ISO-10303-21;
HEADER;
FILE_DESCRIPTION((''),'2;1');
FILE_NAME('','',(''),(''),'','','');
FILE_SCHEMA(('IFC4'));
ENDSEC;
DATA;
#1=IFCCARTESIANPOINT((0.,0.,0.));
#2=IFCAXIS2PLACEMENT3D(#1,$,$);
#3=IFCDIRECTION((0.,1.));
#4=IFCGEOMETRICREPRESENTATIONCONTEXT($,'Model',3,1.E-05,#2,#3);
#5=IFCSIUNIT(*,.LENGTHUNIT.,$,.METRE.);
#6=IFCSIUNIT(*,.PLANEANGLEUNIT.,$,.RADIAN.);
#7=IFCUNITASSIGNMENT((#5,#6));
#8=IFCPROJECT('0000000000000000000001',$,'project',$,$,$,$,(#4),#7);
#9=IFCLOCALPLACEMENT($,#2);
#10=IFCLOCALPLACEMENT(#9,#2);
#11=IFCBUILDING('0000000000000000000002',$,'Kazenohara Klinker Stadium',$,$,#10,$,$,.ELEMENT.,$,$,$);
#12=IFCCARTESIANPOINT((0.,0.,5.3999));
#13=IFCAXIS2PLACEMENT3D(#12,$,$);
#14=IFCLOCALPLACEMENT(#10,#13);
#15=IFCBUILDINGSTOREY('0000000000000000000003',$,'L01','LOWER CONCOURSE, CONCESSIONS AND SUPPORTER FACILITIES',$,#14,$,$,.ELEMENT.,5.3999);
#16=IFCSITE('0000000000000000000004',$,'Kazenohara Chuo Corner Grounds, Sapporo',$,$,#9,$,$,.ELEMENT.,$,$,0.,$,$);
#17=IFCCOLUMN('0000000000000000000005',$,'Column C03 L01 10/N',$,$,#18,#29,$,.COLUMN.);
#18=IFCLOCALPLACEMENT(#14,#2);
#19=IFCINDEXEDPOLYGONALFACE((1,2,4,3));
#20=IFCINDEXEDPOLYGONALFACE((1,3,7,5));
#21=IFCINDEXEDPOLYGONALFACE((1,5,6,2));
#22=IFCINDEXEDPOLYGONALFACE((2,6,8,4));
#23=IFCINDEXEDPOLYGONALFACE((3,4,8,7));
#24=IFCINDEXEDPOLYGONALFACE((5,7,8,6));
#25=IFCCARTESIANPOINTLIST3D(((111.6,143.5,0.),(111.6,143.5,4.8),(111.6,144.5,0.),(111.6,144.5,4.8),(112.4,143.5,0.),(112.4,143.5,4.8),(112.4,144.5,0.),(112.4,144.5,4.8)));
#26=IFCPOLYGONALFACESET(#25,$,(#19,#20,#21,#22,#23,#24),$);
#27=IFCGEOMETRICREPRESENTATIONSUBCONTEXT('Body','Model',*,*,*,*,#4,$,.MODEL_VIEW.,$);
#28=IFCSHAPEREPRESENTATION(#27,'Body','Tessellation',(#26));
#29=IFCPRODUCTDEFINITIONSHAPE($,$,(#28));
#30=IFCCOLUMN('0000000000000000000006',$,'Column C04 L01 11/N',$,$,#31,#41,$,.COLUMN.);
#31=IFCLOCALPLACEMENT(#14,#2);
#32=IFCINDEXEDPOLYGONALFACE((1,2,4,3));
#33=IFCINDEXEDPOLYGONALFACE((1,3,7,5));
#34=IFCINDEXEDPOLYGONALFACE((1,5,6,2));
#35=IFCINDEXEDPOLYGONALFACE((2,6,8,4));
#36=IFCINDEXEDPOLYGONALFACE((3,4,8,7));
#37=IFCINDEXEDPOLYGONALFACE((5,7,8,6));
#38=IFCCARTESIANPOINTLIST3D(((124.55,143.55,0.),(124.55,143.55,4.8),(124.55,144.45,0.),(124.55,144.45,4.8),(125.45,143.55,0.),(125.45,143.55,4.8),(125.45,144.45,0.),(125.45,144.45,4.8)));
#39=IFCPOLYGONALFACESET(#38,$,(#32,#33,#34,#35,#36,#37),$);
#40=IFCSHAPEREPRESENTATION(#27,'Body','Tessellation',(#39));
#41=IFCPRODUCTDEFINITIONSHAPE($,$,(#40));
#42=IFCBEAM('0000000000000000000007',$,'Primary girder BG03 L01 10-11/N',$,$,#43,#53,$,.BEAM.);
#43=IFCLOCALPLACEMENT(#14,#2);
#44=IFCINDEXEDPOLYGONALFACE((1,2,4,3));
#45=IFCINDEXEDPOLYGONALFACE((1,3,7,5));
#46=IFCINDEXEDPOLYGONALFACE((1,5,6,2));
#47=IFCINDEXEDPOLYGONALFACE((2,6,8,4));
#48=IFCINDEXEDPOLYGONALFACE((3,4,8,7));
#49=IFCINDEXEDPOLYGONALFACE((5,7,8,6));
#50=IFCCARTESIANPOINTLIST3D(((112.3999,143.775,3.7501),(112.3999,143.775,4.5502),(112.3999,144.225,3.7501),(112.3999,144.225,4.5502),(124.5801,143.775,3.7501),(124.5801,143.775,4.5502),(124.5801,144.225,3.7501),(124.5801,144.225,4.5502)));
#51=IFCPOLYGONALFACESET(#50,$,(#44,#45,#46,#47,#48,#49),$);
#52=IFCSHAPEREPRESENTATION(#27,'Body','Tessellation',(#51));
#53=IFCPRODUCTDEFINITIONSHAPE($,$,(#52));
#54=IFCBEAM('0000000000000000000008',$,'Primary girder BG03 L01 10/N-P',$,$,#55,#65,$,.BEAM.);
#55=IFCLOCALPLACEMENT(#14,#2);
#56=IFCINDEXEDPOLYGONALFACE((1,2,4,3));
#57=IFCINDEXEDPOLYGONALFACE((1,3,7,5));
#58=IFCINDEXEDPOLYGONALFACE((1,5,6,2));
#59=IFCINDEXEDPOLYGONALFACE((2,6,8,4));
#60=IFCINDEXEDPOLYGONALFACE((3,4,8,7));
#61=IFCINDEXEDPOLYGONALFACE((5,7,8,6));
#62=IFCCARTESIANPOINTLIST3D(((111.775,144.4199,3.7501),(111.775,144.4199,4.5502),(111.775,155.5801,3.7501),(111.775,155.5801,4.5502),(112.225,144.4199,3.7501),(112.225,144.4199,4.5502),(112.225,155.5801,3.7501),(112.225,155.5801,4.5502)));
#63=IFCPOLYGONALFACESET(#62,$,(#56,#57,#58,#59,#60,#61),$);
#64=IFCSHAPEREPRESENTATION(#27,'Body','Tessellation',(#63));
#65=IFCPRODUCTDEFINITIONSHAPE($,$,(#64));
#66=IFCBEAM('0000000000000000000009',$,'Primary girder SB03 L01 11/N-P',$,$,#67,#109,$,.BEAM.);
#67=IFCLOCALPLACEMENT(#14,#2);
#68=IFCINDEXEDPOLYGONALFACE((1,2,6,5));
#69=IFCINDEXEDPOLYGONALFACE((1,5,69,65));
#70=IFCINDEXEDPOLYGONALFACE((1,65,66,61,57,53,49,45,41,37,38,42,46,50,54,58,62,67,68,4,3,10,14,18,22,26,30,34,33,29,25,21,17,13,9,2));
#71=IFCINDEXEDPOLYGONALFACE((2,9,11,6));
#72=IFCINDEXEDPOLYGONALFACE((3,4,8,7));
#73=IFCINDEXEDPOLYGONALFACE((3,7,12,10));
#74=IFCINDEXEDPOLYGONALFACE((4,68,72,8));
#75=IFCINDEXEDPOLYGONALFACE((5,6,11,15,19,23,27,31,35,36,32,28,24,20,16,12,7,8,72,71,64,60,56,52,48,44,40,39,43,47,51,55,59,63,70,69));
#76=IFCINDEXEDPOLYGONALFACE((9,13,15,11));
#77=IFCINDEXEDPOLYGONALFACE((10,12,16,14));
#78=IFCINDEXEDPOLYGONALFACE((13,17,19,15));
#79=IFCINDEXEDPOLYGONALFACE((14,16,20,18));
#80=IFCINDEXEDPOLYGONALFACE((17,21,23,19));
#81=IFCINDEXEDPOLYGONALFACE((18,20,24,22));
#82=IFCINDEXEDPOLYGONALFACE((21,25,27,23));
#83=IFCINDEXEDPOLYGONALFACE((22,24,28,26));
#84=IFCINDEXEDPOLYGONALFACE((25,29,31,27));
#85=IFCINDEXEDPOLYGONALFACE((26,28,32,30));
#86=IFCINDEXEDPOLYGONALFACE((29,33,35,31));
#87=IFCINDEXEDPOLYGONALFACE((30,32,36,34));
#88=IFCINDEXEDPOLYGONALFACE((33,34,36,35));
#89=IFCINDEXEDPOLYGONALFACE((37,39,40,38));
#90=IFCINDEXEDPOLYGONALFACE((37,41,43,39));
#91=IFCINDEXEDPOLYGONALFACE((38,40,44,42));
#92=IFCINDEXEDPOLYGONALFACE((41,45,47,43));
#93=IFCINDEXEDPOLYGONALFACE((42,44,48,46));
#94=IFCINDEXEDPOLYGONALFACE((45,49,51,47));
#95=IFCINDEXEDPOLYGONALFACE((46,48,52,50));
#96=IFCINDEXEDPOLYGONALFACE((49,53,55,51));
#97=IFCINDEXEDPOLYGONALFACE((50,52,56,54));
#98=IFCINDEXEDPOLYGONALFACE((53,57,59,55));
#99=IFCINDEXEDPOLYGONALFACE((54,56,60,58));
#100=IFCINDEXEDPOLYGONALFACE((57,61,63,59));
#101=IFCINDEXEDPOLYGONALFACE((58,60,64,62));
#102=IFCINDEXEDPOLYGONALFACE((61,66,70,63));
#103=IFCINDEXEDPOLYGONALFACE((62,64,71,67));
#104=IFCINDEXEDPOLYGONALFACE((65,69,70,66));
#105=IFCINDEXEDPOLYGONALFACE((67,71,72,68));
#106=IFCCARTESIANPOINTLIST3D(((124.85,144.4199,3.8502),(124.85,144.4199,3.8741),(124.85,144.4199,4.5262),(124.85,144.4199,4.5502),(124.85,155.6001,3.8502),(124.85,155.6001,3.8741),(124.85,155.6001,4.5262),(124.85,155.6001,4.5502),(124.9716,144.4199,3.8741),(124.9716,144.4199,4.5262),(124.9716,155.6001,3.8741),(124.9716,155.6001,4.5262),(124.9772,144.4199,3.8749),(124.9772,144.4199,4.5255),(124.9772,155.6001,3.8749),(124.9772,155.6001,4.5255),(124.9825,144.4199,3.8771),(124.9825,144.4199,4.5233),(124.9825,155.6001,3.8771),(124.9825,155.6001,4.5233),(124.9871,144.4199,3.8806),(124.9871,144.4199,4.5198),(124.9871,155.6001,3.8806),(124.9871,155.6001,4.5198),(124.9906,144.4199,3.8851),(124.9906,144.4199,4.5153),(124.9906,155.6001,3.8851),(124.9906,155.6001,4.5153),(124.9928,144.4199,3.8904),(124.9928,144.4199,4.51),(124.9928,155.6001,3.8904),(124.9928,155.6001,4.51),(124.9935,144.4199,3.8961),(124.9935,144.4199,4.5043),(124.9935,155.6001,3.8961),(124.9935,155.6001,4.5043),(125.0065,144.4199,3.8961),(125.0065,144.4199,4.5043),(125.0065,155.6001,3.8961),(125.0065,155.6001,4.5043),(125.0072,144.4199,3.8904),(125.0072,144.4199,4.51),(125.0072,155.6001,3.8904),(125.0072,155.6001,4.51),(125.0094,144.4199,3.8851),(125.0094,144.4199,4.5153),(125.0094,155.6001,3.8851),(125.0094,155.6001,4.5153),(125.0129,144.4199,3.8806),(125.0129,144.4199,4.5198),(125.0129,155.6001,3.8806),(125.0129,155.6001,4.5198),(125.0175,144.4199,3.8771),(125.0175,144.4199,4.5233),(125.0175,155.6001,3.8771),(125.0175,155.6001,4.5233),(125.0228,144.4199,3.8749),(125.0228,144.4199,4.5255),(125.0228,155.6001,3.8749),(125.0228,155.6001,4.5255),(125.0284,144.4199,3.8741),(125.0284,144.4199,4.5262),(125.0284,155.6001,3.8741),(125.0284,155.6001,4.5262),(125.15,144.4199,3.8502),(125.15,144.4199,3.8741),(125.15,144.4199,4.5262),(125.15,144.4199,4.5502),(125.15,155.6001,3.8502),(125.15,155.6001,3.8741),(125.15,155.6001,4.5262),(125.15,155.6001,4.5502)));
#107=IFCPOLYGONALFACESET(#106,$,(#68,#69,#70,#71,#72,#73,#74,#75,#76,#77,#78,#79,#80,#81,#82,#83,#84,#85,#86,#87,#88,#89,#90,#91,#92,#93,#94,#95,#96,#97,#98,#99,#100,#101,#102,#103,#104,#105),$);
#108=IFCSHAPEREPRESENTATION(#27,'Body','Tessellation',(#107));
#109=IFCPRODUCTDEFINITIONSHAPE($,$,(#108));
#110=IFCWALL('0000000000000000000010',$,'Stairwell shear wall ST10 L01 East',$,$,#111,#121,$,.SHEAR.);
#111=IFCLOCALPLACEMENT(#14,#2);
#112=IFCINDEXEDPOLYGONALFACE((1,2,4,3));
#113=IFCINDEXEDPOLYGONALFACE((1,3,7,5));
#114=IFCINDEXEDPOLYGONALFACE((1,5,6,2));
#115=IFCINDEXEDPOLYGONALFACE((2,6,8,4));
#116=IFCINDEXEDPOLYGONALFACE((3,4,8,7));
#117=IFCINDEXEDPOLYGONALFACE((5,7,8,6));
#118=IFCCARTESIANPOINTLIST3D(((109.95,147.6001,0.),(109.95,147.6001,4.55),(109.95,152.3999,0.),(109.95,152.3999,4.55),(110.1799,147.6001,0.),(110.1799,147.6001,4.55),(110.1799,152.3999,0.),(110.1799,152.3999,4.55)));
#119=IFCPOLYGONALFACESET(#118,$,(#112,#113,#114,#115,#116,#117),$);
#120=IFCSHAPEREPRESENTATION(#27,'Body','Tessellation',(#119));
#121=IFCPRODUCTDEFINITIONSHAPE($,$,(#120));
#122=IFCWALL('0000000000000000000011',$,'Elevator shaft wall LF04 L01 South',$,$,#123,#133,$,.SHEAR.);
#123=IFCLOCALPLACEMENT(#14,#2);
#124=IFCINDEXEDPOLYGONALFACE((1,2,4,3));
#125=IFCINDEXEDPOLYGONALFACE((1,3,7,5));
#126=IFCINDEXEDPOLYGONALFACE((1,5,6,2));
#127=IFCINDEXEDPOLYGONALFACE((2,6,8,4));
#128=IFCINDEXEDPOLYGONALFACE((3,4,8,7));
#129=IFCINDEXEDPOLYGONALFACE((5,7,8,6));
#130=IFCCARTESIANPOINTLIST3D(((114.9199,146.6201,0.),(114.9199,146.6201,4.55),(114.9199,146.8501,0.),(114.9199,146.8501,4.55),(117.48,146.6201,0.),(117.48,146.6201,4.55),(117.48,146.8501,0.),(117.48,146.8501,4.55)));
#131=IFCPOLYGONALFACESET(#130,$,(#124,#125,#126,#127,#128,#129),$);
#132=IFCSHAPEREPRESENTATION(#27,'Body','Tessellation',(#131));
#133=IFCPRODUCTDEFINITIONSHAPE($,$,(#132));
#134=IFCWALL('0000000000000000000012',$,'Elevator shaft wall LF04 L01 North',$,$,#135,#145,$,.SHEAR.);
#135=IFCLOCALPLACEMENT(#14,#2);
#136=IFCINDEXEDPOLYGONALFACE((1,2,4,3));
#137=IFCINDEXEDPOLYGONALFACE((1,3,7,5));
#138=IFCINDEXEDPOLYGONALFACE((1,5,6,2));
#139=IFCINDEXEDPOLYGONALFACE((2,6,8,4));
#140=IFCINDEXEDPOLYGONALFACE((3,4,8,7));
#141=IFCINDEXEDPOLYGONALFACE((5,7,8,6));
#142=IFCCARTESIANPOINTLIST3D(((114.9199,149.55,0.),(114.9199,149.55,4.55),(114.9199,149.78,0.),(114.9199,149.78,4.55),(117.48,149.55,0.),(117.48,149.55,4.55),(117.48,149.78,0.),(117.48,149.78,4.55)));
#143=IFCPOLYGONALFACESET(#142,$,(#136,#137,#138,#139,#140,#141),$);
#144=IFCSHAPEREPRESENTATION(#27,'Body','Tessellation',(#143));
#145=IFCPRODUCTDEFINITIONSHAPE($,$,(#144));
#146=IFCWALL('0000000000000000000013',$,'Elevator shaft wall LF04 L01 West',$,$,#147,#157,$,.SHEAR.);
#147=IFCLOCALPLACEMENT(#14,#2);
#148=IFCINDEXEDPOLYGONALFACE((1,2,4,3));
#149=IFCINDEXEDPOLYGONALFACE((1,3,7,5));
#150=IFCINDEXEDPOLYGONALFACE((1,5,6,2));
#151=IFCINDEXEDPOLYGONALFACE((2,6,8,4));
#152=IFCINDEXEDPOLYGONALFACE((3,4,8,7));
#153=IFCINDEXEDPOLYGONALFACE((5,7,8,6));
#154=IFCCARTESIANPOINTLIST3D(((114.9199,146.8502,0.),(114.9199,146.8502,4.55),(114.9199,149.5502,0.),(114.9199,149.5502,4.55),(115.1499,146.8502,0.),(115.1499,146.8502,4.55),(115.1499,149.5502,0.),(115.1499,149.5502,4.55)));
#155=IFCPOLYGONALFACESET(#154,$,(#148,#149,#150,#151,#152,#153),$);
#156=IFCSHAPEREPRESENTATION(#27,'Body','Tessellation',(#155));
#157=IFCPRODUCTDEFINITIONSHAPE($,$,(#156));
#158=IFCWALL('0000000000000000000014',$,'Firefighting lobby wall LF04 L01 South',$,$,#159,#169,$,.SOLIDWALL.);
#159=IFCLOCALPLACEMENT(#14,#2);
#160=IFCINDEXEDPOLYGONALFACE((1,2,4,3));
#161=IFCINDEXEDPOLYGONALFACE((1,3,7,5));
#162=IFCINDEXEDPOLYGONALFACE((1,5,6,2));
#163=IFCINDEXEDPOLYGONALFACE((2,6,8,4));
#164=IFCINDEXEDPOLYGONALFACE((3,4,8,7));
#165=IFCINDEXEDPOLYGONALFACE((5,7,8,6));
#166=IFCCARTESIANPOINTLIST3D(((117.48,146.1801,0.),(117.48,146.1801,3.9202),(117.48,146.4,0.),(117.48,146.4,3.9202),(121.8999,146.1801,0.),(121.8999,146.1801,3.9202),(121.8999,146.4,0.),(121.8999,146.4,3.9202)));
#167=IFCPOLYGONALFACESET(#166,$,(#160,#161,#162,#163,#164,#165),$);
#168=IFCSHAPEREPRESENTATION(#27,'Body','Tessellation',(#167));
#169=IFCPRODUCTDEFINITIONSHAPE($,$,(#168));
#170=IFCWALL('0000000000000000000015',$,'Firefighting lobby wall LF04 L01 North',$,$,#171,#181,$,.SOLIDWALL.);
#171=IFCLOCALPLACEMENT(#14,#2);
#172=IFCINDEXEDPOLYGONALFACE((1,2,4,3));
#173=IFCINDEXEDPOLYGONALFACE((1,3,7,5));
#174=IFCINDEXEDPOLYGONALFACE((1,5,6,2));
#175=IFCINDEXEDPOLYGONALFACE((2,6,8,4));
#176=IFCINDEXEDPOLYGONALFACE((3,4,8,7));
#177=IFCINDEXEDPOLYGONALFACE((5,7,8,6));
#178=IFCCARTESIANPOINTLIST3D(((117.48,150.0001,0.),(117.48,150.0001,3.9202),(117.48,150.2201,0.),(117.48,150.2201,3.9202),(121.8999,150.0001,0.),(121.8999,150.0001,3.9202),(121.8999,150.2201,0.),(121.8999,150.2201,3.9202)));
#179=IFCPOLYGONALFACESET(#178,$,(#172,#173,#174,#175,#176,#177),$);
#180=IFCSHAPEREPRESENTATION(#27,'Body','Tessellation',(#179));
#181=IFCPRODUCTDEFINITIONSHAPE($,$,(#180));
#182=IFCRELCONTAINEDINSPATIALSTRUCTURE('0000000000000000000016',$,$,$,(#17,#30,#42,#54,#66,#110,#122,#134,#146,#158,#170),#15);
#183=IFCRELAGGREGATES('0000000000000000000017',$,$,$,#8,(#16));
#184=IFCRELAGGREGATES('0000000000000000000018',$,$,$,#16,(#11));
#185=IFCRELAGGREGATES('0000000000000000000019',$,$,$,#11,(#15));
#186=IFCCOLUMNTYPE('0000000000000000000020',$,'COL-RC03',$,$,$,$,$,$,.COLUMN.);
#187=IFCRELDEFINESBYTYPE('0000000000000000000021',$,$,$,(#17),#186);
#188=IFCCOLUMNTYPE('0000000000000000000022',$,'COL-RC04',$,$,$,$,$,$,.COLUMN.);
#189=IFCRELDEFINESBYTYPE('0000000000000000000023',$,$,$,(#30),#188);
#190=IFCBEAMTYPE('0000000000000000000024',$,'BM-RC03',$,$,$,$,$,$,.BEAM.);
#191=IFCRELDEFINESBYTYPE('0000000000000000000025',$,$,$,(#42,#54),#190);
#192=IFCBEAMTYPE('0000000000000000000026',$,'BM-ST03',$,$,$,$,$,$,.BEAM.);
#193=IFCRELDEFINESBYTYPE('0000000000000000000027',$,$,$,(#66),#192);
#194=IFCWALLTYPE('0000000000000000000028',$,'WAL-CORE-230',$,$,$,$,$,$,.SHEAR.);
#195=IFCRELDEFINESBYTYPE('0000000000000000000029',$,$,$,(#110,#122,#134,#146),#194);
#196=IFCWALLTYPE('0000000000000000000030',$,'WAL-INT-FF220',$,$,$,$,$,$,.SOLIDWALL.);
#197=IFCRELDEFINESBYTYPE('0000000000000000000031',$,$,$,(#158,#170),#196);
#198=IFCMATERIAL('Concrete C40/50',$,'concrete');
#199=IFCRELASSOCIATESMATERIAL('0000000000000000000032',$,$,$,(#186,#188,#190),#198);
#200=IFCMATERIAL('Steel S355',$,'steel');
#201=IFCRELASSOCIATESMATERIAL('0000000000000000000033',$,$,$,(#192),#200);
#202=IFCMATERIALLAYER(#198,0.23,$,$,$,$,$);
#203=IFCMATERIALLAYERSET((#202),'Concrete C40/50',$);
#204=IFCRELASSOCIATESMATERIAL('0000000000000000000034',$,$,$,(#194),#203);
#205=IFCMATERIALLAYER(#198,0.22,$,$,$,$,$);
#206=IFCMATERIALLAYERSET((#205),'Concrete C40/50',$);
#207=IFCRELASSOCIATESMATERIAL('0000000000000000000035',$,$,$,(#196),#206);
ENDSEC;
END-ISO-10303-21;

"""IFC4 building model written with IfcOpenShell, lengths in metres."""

from ifc_helpers import new_model, si_unit, direction, frame, frame_2d, origin, origin_2d, place, context, subcontext, project, spatial, rectangle, i_section, extrude, material, layer, layer_set, material_profile, profile_set, type_object, element, save


model = new_model("IFC4")

# Units and contexts
model_context = context("Model", 3, precision=1e-05, world=origin(), true_north=direction((0.0, 1.0)))
body_context = subcontext(model_context, "Body", "Model", "MODEL_VIEW")
ifc_project = project(units=[si_unit("LENGTHUNIT", "METRE"), si_unit("PLANEANGLEUNIT", "RADIAN")], contexts=[model_context])

# Site, building, storey
site_placement = place(None, origin())
site = spatial("IfcSite", under=ifc_project, at=site_placement, Name="Kazenohara Chuo Corner Grounds, Sapporo", CompositionType="ELEMENT", RefElevation=0.0)
building_placement = place(site_placement, origin())
building = spatial("IfcBuilding", under=site, at=building_placement, Name="Kazenohara Klinker Stadium", CompositionType="ELEMENT")
storey_placement = place(building_placement, frame((0.0, 0.0, 5.3999)))
storey = spatial("IfcBuildingStorey", under=building, at=storey_placement, Name="L01", Description="LOWER CONCOURSE, CONCESSIONS AND SUPPORTER FACILITIES", CompositionType="ELEMENT", Elevation=5.3999)

# Columns
ifc_material_1 = material(Name="Concrete C40/50", Category="concrete")
ifc_material_profile_1 = material_profile(ifc_material_1, rectangle(XDim=0.8, YDim=1.0, at=origin_2d()), Name="RC-COL-1000x800")
ifc_profile_set_1 = profile_set([ifc_material_profile_1], Name="Concrete C40/50")
column_type_1 = type_object("IfcColumnType", Name="COL-RC03", PredefinedType="COLUMN", material=ifc_profile_set_1)
column_1_placement = place(storey_placement, frame((112.0, 144.0, 0.0), z_axis=(0.0, 0.0, 1.0), x_axis=(1.0, 0.0, 0.0)))
element("IfcColumn", 1, at=column_1_placement, inside=storey, type_object=column_type_1, Name="Column C03 L01 10/N", PredefinedType="COLUMN", context=body_context, shape_type="SweptSolid", body=[
    extrude(rectangle(XDim=0.8, YDim=1.0, at=origin_2d()), origin(), (0.0, 0.0, 1.0), 4.8),
])
ifc_material_profile_2 = material_profile(ifc_material_1, rectangle(XDim=0.8999, YDim=0.8999, at=origin_2d()), Name="RC-COL-900x900")
ifc_profile_set_2 = profile_set([ifc_material_profile_2], Name="Concrete C40/50")
column_type_2 = type_object("IfcColumnType", Name="COL-RC04", PredefinedType="COLUMN", material=ifc_profile_set_2)
column_2_placement = place(storey_placement, frame((125.0, 144.0, 0.0), z_axis=(0.0, 0.0, 1.0), x_axis=(1.0, 0.0, 0.0)))
element("IfcColumn", 2, at=column_2_placement, inside=storey, type_object=column_type_2, Name="Column C04 L01 11/N", PredefinedType="COLUMN", context=body_context, shape_type="SweptSolid", body=[
    extrude(rectangle(XDim=0.8999, YDim=0.8999, at=origin_2d()), origin(), (0.0, 0.0, 1.0), 4.8),
])

# Beams
ifc_material_profile_3 = material_profile(ifc_material_1, rectangle(XDim=0.45, YDim=0.8, at=origin_2d()), Name="RC-BM-450x800")
ifc_profile_set_3 = profile_set([ifc_material_profile_3], Name="Concrete C40/50")
beam_type_1 = type_object("IfcBeamType", Name="BM-RC03", PredefinedType="BEAM", material=ifc_profile_set_3)
beam_1_placement = place(storey_placement, frame((112.3999, 144.0, 4.1501), z_axis=(1.0, 0.0, 0.0), x_axis=(0.0, 1.0, 0.0)))
element("IfcBeam", 3, at=beam_1_placement, inside=storey, type_object=beam_type_1, Name="Primary girder BG03 L01 10-11/N", PredefinedType="BEAM", context=body_context, shape_type="SweptSolid", body=[
    extrude(rectangle(XDim=0.45, YDim=0.8, at=origin_2d()), origin(), (0.0, 0.0, 1.0), 12.1802),
])
beam_2_placement = place(storey_placement, frame((112.0, 144.4199, 4.1501), z_axis=(0.0, 1.0, 0.0), x_axis=(-1.0, 0.0, 0.0)))
element("IfcBeam", 4, at=beam_2_placement, inside=storey, type_object=beam_type_1, Name="Primary girder BG03 L01 10/N-P", PredefinedType="BEAM", context=body_context, shape_type="SweptSolid", body=[
    extrude(rectangle(XDim=0.45, YDim=0.8, at=origin_2d()), origin(), (0.0, 0.0, 1.0), 11.1602),
])
ifc_material_2 = material(Name="Steel S355", Category="steel")
ifc_material_profile_4 = material_profile(ifc_material_2, i_section(OverallWidth=0.3, OverallDepth=0.7, WebThickness=0.0129, FlangeThickness=0.0239, FilletRadius=0.022, at=origin_2d()), Name="H-700x300x13x24")
ifc_profile_set_4 = profile_set([ifc_material_profile_4], Name="Steel S355")
beam_type_2 = type_object("IfcBeamType", Name="BM-ST03", PredefinedType="BEAM", material=ifc_profile_set_4)
beam_3_placement = place(storey_placement, frame((125.0, 144.4199, 4.2002), z_axis=(0.0, 1.0, 0.0), x_axis=(-1.0, 0.0, 0.0)))
element("IfcBeam", 5, at=beam_3_placement, inside=storey, type_object=beam_type_2, Name="Primary girder SB03 L01 11/N-P", PredefinedType="BEAM", context=body_context, shape_type="SweptSolid", body=[
    extrude(i_section(OverallWidth=0.3, OverallDepth=0.7, WebThickness=0.0129, FlangeThickness=0.0239, FilletRadius=0.022, at=origin_2d()), origin(), (0.0, 0.0, 1.0), 11.1802),
])

# Walls
ifc_layer_1 = layer(ifc_material_1, 0.23)
ifc_layer_set_1 = layer_set([ifc_layer_1], Name="Concrete C40/50")
wall_type_1 = type_object("IfcWallType", Name="WAL-CORE-230", PredefinedType="SHEAR", material=ifc_layer_set_1)
wall_1_placement = place(storey_placement, frame((110.0649, 147.6001, 0.0), z_axis=(0.0, 0.0, 1.0), x_axis=(0.0, 1.0, 0.0)))
element("IfcWall", 6, at=wall_1_placement, inside=storey, type_object=wall_type_1, Name="Stairwell shear wall ST10 L01 East", PredefinedType="SHEAR", context=body_context, shape_type="SweptSolid", body=[
    extrude(rectangle(XDim=4.7998, YDim=0.23, at=frame_2d((2.3999, 0.0))), origin(), (0.0, 0.0, 1.0), 4.55),
])
for number, where, z_axis, x_axis, name in (
    (7, (114.9199, 146.7351, 0.0), (0.0, 0.0, 1.0), (1.0, 0.0, 0.0), "Elevator shaft wall LF04 L01 South"),
    (8, (114.9199, 149.665, 0.0), (0.0, 0.0, 1.0), (1.0, 0.0, 0.0), "Elevator shaft wall LF04 L01 North"),
):
    element("IfcWall", number, at=place(storey_placement, frame(where, z_axis=z_axis, x_axis=x_axis)), inside=storey, type_object=wall_type_1, Name=name, PredefinedType="SHEAR", context=body_context, shape_type="SweptSolid", body=[
        extrude(rectangle(XDim=2.5601, YDim=0.23, at=frame_2d((1.28, 0.0))), origin(), (0.0, 0.0, 1.0), 4.55),
    ])
wall_2_placement = place(storey_placement, frame((115.0349, 146.8501, 0.0), z_axis=(0.0, 0.0, 1.0), x_axis=(0.0, 1.0, 0.0)))
element("IfcWall", 9, at=wall_2_placement, inside=storey, type_object=wall_type_1, Name="Elevator shaft wall LF04 L01 West", PredefinedType="SHEAR", context=body_context, shape_type="SweptSolid", body=[
    extrude(rectangle(XDim=2.7, YDim=0.23, at=frame_2d((1.3501, 0.0))), origin(), (0.0, 0.0, 1.0), 4.55),
])

# Walls
ifc_layer_2 = layer(ifc_material_1, 0.22)
ifc_layer_set_2 = layer_set([ifc_layer_2], Name="Concrete C40/50")
wall_type_2 = type_object("IfcWallType", Name="WAL-INT-FF220", PredefinedType="SOLIDWALL", material=ifc_layer_set_2)
for number, where, z_axis, x_axis, name in (
    (10, (117.48, 146.29, 0.0), (0.0, 0.0, 1.0), (1.0, 0.0, 0.0), "Firefighting lobby wall LF04 L01 South"),
    (11, (117.48, 150.1101, 0.0), (0.0, 0.0, 1.0), (1.0, 0.0, 0.0), "Firefighting lobby wall LF04 L01 North"),
):
    element("IfcWall", number, at=place(storey_placement, frame(where, z_axis=z_axis, x_axis=x_axis)), inside=storey, type_object=wall_type_2, Name=name, PredefinedType="SOLIDWALL", context=body_context, shape_type="SweptSolid", body=[
        extrude(rectangle(XDim=4.4199, YDim=0.22, at=frame_2d((2.21, 0.0))), origin(), (0.0, 0.0, 1.0), 3.9202),
    ])

save(model, "model.ifc")
